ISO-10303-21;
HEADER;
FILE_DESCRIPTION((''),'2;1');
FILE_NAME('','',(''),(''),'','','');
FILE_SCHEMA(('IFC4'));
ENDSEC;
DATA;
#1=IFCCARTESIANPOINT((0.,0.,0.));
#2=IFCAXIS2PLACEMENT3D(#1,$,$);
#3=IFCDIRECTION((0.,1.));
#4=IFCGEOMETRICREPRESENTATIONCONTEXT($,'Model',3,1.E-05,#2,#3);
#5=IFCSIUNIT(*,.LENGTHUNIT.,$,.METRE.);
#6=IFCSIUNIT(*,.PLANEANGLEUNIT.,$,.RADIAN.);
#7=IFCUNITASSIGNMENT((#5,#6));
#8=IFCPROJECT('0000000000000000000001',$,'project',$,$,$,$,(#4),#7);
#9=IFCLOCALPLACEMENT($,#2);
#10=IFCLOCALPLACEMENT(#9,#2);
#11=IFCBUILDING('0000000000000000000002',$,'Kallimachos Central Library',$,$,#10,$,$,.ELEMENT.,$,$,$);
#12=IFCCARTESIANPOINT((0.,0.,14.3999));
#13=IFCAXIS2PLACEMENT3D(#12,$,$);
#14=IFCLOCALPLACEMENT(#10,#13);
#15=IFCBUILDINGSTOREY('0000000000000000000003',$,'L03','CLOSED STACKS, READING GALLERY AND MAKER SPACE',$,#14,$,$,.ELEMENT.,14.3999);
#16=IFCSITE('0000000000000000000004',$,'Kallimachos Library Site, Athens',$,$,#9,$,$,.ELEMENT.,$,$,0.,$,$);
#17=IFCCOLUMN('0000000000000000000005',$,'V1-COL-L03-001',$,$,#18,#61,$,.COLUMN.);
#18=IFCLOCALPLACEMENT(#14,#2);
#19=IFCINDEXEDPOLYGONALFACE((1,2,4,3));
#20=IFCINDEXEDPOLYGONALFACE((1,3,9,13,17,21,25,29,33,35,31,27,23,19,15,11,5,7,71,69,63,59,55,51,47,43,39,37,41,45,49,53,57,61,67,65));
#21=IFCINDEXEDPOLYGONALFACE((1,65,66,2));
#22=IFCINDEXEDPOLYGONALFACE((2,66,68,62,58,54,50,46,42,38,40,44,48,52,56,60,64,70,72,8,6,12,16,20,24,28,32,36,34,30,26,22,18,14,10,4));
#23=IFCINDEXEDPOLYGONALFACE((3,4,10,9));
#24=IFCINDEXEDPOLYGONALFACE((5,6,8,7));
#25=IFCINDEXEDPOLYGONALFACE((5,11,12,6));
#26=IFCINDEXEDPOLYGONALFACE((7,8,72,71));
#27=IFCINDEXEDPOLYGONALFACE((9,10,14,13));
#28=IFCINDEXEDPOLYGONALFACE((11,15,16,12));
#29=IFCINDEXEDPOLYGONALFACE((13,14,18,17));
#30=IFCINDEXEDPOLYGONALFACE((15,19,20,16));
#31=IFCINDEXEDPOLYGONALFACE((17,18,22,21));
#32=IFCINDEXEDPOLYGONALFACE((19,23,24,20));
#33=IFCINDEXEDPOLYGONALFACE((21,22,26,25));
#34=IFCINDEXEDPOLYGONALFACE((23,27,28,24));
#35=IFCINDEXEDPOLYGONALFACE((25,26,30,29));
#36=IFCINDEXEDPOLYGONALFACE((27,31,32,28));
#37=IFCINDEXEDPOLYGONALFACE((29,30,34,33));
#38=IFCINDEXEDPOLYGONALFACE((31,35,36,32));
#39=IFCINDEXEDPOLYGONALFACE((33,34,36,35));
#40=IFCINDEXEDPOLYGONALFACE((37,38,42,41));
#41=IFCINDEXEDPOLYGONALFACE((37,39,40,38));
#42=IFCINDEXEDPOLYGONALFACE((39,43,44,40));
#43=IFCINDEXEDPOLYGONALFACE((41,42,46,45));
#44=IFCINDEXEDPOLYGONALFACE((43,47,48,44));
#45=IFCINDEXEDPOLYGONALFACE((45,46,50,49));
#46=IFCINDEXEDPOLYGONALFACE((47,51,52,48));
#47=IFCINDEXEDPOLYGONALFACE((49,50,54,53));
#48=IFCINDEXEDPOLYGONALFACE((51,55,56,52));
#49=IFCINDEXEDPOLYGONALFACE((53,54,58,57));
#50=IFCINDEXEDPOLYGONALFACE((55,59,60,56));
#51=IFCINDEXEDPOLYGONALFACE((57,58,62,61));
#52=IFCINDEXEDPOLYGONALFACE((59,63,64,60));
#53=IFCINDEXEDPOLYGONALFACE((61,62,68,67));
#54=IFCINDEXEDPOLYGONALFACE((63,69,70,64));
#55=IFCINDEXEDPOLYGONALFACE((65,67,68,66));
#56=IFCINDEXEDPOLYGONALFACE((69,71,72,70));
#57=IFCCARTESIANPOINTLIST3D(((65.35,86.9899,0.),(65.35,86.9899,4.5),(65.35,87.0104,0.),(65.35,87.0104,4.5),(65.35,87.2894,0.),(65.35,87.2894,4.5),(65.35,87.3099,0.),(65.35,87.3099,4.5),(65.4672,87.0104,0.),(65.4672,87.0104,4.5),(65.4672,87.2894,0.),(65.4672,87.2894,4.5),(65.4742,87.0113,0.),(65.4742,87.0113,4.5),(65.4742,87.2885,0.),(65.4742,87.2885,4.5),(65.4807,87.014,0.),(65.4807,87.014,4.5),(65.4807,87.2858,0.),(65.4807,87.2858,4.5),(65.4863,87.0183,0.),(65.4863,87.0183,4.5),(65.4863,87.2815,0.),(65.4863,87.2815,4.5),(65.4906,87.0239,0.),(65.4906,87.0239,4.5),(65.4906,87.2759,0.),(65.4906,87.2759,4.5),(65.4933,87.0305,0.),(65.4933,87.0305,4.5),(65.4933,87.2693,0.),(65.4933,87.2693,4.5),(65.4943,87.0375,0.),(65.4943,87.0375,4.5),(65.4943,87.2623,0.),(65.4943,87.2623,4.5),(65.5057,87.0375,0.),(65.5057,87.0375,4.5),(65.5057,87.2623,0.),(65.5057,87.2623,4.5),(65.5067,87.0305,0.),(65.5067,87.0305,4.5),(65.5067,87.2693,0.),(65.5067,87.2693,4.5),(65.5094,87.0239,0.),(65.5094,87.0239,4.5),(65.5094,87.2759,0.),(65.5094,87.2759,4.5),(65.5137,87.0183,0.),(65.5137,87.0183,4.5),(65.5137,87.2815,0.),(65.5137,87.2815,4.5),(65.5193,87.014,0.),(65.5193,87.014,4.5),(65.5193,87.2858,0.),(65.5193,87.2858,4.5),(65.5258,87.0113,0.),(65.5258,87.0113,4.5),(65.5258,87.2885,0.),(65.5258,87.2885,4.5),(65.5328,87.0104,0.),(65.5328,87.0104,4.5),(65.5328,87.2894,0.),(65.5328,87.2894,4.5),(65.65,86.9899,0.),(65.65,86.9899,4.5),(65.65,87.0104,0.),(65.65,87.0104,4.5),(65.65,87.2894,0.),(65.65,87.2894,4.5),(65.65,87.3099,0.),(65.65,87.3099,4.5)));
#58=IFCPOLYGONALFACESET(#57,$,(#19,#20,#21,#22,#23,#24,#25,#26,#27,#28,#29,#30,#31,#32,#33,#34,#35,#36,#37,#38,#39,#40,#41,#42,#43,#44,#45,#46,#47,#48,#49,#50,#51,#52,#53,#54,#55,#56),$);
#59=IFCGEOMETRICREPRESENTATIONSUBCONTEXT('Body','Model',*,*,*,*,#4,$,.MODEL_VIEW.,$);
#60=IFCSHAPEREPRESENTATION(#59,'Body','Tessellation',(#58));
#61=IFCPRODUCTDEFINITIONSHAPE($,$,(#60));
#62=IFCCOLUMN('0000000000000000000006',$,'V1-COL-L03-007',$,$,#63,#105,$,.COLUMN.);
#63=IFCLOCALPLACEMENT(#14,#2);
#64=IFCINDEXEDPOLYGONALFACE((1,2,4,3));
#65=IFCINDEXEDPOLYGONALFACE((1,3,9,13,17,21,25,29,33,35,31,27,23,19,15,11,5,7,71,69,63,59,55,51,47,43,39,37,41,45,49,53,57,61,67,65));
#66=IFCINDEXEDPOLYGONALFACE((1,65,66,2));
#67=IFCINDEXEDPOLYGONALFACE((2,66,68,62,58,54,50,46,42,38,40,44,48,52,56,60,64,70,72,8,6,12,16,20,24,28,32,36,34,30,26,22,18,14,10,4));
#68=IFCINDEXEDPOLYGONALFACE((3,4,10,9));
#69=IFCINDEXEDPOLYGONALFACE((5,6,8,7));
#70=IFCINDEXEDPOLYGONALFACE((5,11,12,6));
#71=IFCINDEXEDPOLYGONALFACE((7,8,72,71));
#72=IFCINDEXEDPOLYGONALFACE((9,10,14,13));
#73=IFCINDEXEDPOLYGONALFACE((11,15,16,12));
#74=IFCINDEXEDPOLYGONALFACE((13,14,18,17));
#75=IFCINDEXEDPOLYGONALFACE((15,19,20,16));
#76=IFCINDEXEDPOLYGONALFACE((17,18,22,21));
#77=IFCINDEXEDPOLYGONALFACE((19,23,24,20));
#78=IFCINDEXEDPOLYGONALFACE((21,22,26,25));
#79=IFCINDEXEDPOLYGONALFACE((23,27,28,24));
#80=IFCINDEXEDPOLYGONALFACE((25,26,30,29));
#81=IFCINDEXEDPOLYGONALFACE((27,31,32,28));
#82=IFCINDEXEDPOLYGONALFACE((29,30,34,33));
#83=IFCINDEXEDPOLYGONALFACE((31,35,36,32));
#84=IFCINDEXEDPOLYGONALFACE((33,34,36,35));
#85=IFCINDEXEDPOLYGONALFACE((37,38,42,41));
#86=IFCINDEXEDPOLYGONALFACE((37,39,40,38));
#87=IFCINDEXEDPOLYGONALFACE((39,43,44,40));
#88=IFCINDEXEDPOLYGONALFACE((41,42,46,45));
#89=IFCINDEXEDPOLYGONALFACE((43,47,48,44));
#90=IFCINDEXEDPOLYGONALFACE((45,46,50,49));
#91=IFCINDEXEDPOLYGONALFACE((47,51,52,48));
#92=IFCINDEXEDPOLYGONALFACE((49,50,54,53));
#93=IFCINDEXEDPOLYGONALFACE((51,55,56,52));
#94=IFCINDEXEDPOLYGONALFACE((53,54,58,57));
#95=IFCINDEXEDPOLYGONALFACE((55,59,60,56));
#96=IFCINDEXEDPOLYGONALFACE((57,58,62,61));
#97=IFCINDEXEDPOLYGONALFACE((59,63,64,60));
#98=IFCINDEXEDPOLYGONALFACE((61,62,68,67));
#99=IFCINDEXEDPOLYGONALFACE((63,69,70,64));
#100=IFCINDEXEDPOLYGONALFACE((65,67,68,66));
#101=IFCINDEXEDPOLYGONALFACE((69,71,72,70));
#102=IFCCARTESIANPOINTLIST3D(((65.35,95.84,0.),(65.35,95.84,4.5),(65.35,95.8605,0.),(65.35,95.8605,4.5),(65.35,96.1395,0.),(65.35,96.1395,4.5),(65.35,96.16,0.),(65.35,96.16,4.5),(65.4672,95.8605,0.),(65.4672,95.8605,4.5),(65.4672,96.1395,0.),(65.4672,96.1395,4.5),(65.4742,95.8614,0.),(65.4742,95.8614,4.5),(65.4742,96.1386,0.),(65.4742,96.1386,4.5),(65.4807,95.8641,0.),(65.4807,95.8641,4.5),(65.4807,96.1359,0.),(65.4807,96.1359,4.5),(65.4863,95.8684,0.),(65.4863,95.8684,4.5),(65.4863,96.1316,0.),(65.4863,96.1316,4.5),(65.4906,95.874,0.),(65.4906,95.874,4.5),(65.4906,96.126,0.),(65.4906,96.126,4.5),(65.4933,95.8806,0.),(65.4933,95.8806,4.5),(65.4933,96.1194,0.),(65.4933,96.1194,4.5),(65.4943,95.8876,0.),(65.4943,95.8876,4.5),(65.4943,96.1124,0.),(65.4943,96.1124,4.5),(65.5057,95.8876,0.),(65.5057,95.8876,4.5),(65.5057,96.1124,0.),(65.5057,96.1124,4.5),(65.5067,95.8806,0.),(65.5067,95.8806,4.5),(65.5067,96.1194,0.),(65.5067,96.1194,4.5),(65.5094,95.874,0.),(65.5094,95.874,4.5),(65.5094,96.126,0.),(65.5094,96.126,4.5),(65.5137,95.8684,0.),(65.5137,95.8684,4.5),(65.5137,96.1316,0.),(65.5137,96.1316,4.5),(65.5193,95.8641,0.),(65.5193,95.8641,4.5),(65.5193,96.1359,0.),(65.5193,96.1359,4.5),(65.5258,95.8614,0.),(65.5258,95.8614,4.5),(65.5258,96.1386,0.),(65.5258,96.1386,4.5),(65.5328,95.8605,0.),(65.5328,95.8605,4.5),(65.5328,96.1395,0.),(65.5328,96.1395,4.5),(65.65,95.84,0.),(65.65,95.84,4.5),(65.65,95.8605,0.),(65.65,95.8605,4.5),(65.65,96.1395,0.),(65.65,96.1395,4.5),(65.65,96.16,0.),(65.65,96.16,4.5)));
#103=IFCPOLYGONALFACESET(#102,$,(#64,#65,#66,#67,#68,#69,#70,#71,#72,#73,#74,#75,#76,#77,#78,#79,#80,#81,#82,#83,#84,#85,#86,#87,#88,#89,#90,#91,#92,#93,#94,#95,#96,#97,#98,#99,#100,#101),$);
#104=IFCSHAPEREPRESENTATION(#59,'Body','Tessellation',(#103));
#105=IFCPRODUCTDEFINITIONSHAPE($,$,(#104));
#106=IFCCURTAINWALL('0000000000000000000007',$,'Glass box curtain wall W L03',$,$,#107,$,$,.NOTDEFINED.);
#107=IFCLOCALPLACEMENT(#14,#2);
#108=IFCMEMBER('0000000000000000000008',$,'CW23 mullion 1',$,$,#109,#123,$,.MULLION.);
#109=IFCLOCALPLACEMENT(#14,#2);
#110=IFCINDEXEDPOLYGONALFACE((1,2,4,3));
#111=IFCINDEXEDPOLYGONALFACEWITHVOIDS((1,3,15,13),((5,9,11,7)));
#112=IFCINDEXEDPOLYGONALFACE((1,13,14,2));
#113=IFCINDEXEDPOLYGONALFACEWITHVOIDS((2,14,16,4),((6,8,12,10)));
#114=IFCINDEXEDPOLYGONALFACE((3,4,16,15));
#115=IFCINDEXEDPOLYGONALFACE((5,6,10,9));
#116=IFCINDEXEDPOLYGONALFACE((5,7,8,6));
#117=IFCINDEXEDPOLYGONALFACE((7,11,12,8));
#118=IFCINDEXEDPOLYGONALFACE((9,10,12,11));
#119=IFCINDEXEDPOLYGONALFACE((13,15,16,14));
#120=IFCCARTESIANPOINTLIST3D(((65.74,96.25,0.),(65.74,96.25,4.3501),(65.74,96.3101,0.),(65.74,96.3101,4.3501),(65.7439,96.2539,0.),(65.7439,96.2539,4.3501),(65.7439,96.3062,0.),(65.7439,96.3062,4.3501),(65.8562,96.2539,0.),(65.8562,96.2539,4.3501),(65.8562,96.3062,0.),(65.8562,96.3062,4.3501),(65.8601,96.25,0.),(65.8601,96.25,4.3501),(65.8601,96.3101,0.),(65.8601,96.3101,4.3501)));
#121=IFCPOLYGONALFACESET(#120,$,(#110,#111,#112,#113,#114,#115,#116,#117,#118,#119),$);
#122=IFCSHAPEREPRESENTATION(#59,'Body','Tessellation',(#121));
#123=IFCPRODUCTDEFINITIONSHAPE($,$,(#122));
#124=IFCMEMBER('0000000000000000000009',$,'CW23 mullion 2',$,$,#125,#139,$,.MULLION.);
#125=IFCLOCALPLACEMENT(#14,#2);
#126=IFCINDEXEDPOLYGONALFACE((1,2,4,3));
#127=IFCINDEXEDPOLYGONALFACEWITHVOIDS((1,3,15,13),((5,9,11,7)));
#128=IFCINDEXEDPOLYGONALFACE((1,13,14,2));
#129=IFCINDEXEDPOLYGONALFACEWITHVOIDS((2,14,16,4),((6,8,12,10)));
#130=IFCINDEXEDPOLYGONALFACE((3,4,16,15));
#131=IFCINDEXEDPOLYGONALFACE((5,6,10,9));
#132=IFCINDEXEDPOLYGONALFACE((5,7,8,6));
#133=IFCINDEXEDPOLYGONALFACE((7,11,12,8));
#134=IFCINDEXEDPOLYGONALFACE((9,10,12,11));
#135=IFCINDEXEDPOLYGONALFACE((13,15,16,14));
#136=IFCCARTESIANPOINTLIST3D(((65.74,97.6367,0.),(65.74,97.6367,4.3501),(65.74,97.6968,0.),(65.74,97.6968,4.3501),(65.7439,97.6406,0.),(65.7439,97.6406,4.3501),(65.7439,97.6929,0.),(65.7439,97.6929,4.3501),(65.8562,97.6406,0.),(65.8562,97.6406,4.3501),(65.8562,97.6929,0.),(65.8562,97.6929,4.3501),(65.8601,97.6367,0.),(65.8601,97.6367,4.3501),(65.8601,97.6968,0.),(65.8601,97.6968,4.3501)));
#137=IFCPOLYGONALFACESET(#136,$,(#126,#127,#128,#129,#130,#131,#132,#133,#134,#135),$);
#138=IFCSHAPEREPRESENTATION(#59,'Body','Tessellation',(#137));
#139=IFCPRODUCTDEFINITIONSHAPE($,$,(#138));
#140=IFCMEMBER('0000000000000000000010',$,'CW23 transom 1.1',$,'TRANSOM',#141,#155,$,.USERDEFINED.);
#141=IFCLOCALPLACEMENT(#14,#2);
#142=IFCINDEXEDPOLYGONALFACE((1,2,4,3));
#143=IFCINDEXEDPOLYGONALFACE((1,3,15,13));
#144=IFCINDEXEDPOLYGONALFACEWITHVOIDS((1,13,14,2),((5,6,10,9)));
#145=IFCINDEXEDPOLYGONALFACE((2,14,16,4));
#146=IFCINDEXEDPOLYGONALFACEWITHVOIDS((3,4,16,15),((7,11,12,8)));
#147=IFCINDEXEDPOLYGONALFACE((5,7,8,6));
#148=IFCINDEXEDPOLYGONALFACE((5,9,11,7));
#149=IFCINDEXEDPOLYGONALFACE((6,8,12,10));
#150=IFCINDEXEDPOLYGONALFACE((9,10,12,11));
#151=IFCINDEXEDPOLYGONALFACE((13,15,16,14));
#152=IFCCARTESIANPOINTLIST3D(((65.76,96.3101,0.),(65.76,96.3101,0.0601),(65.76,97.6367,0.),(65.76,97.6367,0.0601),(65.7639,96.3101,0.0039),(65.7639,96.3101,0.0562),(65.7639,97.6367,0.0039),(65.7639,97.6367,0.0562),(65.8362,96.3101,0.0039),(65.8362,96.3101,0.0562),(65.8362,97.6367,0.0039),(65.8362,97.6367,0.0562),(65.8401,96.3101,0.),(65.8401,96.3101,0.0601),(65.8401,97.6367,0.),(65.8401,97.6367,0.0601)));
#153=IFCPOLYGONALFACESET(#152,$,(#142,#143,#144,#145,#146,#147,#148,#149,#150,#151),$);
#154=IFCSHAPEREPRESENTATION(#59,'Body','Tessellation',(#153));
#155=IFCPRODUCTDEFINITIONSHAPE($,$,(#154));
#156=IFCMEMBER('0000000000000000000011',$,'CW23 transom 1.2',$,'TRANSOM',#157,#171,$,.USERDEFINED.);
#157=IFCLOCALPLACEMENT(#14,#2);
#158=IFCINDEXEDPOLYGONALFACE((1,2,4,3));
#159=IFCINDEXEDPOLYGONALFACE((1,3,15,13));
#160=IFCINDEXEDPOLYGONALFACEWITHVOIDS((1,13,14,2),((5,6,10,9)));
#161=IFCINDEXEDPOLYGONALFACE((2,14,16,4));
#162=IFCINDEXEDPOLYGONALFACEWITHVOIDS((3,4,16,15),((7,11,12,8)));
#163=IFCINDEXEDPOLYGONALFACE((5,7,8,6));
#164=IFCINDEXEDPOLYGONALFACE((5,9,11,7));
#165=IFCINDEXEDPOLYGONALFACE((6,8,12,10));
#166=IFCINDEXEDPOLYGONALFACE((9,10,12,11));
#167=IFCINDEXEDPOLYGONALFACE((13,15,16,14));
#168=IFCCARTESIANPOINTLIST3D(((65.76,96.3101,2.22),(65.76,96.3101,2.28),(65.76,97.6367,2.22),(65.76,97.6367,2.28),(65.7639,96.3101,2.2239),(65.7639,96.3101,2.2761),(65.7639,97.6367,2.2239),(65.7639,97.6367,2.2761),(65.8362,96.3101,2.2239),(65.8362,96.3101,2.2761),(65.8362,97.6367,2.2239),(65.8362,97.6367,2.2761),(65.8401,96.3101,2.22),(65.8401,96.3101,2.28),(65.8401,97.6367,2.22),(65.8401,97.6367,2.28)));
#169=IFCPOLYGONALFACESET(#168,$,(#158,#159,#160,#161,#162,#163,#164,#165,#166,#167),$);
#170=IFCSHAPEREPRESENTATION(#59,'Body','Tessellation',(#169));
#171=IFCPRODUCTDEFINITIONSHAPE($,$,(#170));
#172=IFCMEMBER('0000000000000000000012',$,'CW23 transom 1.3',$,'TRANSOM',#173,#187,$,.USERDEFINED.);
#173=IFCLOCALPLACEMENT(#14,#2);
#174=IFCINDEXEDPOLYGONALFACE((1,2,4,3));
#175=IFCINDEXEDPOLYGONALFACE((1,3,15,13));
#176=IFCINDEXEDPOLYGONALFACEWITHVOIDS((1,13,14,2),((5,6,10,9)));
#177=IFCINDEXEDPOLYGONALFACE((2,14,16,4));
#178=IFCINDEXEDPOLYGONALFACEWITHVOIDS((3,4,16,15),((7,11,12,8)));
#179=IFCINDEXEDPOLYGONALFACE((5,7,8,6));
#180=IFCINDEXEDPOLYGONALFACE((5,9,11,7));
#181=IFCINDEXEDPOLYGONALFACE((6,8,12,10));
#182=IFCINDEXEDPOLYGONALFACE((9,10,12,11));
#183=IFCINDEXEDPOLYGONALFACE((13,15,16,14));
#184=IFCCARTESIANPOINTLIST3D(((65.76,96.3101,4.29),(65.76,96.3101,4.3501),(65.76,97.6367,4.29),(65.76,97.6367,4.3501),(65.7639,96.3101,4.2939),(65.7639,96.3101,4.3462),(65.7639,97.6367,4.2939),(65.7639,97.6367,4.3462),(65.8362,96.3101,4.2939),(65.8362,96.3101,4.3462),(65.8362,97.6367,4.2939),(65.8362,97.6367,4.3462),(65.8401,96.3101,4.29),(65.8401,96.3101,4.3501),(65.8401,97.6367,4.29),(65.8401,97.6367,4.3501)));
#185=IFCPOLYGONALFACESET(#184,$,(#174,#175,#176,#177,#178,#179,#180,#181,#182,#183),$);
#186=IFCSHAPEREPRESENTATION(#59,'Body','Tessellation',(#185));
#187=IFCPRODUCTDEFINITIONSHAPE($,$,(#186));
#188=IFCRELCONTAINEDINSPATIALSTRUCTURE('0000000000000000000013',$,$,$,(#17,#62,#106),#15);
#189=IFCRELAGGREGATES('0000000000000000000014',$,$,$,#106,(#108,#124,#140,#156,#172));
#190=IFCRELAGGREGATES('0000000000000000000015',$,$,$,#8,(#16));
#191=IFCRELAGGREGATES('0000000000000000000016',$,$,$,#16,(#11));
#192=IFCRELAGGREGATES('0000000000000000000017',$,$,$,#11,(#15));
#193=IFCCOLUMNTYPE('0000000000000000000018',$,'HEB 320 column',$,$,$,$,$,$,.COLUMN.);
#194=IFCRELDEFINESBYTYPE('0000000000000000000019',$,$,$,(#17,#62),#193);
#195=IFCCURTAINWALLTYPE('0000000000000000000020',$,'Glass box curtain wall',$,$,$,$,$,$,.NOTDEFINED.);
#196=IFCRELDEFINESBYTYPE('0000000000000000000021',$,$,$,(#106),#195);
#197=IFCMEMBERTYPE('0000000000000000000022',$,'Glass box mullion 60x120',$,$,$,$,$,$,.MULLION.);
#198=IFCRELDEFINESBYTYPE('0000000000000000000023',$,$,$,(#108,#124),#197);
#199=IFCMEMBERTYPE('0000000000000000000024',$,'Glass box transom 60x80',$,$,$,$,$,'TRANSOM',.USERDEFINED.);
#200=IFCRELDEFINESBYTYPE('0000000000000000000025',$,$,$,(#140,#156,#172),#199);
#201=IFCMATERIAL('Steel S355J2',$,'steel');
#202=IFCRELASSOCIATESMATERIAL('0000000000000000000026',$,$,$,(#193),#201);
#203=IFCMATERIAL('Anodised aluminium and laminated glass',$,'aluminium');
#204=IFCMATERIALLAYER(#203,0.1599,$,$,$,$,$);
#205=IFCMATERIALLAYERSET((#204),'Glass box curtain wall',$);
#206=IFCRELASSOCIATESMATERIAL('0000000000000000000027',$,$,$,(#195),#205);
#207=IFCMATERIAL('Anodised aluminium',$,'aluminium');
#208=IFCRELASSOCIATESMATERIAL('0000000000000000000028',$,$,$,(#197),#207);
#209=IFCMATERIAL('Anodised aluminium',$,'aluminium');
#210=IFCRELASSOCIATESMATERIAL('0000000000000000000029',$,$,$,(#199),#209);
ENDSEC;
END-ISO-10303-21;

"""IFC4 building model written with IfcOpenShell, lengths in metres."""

from ifc_helpers import new_model, si_unit, direction, frame, origin, origin_2d, place, context, subcontext, project, spatial, hollow_rectangle, i_section, extrude, material, layer, layer_set, material_profile, profile_set, type_object, element, aggregate, save


model = new_model("IFC4")

# Units and contexts
model_context = context("Model", 3, precision=1e-05, world=origin(), true_north=direction((0.0, 1.0)))
body_context = subcontext(model_context, "Body", "Model", "MODEL_VIEW")
ifc_project = project(units=[si_unit("LENGTHUNIT", "METRE"), si_unit("PLANEANGLEUNIT", "RADIAN")], contexts=[model_context])

# Site, building, storey
site_placement = place(None, origin())
site = spatial("IfcSite", under=ifc_project, at=site_placement, Name="Kallimachos Library Site, Athens", CompositionType="ELEMENT", RefElevation=0.0)
building_placement = place(site_placement, origin())
building = spatial("IfcBuilding", under=site, at=building_placement, Name="Kallimachos Central Library", CompositionType="ELEMENT")
storey_placement = place(building_placement, frame((0.0, 0.0, 14.3999)))
storey = spatial("IfcBuildingStorey", under=building, at=storey_placement, Name="L03", Description="CLOSED STACKS, READING GALLERY AND MAKER SPACE", CompositionType="ELEMENT", Elevation=14.3999)

# Columns
ifc_material_1 = material(Name="Steel S355J2", Category="steel")
ifc_material_profile_1 = material_profile(ifc_material_1, i_section(OverallWidth=0.3, OverallDepth=0.3201, WebThickness=0.0115, FlangeThickness=0.0205, FilletRadius=0.0271, at=origin_2d()), Name="HEB 320")
ifc_profile_set_1 = profile_set([ifc_material_profile_1], Name="Steel S355J2")
column_type = type_object("IfcColumnType", Name="HEB 320 column", PredefinedType="COLUMN", material=ifc_profile_set_1)
for number, where, z_axis, x_axis, name in (
    (1, (65.5, 87.1499, 0.0), (0.0, 0.0, 1.0), (1.0, 0.0, 0.0), "V1-COL-L03-001"),
    (2, (65.5, 96.0, 0.0), (0.0, 0.0, 1.0), (1.0, 0.0, 0.0), "V1-COL-L03-007"),
):
    element("IfcColumn", number, at=place(storey_placement, frame(where, z_axis=z_axis, x_axis=x_axis)), inside=storey, type_object=column_type, Name=name, PredefinedType="COLUMN", context=body_context, shape_type="SweptSolid", body=[
        extrude(i_section(OverallWidth=0.3, OverallDepth=0.3201, WebThickness=0.0115, FlangeThickness=0.0205, FilletRadius=0.0271, at=origin_2d()), origin(), (0.0, 0.0, 1.0), 4.5),
    ])

# Curtain wall, members
ifc_material_2 = material(Name="Anodised aluminium and laminated glass", Category="aluminium")
ifc_layer_1 = layer(ifc_material_2, 0.1599)
ifc_layer_set_1 = layer_set([ifc_layer_1], Name="Glass box curtain wall")
curtain_wall_type = type_object("IfcCurtainWallType", Name="Glass box curtain wall", PredefinedType="NOTDEFINED", material=ifc_layer_set_1)
curtain_wall_placement = place(storey_placement, origin())
curtain_wall = element("IfcCurtainWall", 3, at=curtain_wall_placement, inside=storey, type_object=curtain_wall_type, Name="Glass box curtain wall W L03", PredefinedType="NOTDEFINED")
ifc_material_3 = material(Name="Anodised aluminium", Category="aluminium")
ifc_material_profile_2 = material_profile(ifc_material_3, hollow_rectangle(XDim=0.0601, YDim=0.1201, WallThickness=0.0039, at=origin_2d()), Name="ALU MULLION 60x120")
ifc_profile_set_2 = profile_set([ifc_material_profile_2], Name="Anodised aluminium")
member_type_1 = type_object("IfcMemberType", Name="Glass box mullion 60x120", PredefinedType="MULLION", material=ifc_profile_set_2)
member_1_placement = place(storey_placement, frame((65.8, 96.28, 0.0), z_axis=(0.0, 0.0, 1.0), x_axis=(0.0, 1.0, 0.0)))
member_1 = element("IfcMember", 4, at=member_1_placement, type_object=member_type_1, Name="CW23 mullion 1", PredefinedType="MULLION", context=body_context, shape_type="SweptSolid", body=[
    extrude(hollow_rectangle(XDim=0.0601, YDim=0.1201, WallThickness=0.0039, at=origin_2d()), origin(), (0.0, 0.0, 1.0), 4.3501),
])
member_2_placement = place(storey_placement, frame((65.8, 97.6667, 0.0), z_axis=(0.0, 0.0, 1.0), x_axis=(0.0, 1.0, 0.0)))
member_2 = element("IfcMember", 5, at=member_2_placement, type_object=member_type_1, Name="CW23 mullion 2", PredefinedType="MULLION", context=body_context, shape_type="SweptSolid", body=[
    extrude(hollow_rectangle(XDim=0.0601, YDim=0.1201, WallThickness=0.0039, at=origin_2d()), origin(), (0.0, 0.0, 1.0), 4.3501),
])
ifc_material_4 = material(Name="Anodised aluminium", Category="aluminium")
ifc_material_profile_3 = material_profile(ifc_material_4, hollow_rectangle(XDim=0.0601, YDim=0.0801, WallThickness=0.0039, at=origin_2d()), Name="ALU TRANSOM 60x80")
ifc_profile_set_3 = profile_set([ifc_material_profile_3], Name="Anodised aluminium")
member_type_2 = type_object("IfcMemberType", Name="Glass box transom 60x80", ElementType="TRANSOM", PredefinedType="USERDEFINED", material=ifc_profile_set_3)
member_3_placement = place(storey_placement, frame((65.8, 96.3101, 0.03), z_axis=(0.0, 1.0, 0.0), x_axis=(0.0, 0.0, 1.0)))
member_3 = element("IfcMember", 6, at=member_3_placement, type_object=member_type_2, Name="CW23 transom 1.1", ObjectType="TRANSOM", PredefinedType="USERDEFINED", context=body_context, shape_type="SweptSolid", body=[
    extrude(hollow_rectangle(XDim=0.0601, YDim=0.0801, WallThickness=0.0039, at=origin_2d()), origin(), (0.0, 0.0, 1.0), 1.3267),
])
member_4_placement = place(storey_placement, frame((65.8, 96.3101, 2.25), z_axis=(0.0, 1.0, 0.0), x_axis=(0.0, 0.0, 1.0)))
member_4 = element("IfcMember", 7, at=member_4_placement, type_object=member_type_2, Name="CW23 transom 1.2", ObjectType="TRANSOM", PredefinedType="USERDEFINED", context=body_context, shape_type="SweptSolid", body=[
    extrude(hollow_rectangle(XDim=0.0601, YDim=0.0801, WallThickness=0.0039, at=origin_2d()), origin(), (0.0, 0.0, 1.0), 1.3267),
])
member_5_placement = place(storey_placement, frame((65.8, 96.3101, 4.3201), z_axis=(0.0, 1.0, 0.0), x_axis=(0.0, 0.0, 1.0)))
member_5 = element("IfcMember", 8, at=member_5_placement, type_object=member_type_2, Name="CW23 transom 1.3", ObjectType="TRANSOM", PredefinedType="USERDEFINED", context=body_context, shape_type="SweptSolid", body=[
    extrude(hollow_rectangle(XDim=0.0601, YDim=0.0801, WallThickness=0.0039, at=origin_2d()), origin(), (0.0, 0.0, 1.0), 1.3267),
])

aggregate(curtain_wall, [member_1, member_2, member_3, member_4, member_5])

save(model, "model.ifc")
